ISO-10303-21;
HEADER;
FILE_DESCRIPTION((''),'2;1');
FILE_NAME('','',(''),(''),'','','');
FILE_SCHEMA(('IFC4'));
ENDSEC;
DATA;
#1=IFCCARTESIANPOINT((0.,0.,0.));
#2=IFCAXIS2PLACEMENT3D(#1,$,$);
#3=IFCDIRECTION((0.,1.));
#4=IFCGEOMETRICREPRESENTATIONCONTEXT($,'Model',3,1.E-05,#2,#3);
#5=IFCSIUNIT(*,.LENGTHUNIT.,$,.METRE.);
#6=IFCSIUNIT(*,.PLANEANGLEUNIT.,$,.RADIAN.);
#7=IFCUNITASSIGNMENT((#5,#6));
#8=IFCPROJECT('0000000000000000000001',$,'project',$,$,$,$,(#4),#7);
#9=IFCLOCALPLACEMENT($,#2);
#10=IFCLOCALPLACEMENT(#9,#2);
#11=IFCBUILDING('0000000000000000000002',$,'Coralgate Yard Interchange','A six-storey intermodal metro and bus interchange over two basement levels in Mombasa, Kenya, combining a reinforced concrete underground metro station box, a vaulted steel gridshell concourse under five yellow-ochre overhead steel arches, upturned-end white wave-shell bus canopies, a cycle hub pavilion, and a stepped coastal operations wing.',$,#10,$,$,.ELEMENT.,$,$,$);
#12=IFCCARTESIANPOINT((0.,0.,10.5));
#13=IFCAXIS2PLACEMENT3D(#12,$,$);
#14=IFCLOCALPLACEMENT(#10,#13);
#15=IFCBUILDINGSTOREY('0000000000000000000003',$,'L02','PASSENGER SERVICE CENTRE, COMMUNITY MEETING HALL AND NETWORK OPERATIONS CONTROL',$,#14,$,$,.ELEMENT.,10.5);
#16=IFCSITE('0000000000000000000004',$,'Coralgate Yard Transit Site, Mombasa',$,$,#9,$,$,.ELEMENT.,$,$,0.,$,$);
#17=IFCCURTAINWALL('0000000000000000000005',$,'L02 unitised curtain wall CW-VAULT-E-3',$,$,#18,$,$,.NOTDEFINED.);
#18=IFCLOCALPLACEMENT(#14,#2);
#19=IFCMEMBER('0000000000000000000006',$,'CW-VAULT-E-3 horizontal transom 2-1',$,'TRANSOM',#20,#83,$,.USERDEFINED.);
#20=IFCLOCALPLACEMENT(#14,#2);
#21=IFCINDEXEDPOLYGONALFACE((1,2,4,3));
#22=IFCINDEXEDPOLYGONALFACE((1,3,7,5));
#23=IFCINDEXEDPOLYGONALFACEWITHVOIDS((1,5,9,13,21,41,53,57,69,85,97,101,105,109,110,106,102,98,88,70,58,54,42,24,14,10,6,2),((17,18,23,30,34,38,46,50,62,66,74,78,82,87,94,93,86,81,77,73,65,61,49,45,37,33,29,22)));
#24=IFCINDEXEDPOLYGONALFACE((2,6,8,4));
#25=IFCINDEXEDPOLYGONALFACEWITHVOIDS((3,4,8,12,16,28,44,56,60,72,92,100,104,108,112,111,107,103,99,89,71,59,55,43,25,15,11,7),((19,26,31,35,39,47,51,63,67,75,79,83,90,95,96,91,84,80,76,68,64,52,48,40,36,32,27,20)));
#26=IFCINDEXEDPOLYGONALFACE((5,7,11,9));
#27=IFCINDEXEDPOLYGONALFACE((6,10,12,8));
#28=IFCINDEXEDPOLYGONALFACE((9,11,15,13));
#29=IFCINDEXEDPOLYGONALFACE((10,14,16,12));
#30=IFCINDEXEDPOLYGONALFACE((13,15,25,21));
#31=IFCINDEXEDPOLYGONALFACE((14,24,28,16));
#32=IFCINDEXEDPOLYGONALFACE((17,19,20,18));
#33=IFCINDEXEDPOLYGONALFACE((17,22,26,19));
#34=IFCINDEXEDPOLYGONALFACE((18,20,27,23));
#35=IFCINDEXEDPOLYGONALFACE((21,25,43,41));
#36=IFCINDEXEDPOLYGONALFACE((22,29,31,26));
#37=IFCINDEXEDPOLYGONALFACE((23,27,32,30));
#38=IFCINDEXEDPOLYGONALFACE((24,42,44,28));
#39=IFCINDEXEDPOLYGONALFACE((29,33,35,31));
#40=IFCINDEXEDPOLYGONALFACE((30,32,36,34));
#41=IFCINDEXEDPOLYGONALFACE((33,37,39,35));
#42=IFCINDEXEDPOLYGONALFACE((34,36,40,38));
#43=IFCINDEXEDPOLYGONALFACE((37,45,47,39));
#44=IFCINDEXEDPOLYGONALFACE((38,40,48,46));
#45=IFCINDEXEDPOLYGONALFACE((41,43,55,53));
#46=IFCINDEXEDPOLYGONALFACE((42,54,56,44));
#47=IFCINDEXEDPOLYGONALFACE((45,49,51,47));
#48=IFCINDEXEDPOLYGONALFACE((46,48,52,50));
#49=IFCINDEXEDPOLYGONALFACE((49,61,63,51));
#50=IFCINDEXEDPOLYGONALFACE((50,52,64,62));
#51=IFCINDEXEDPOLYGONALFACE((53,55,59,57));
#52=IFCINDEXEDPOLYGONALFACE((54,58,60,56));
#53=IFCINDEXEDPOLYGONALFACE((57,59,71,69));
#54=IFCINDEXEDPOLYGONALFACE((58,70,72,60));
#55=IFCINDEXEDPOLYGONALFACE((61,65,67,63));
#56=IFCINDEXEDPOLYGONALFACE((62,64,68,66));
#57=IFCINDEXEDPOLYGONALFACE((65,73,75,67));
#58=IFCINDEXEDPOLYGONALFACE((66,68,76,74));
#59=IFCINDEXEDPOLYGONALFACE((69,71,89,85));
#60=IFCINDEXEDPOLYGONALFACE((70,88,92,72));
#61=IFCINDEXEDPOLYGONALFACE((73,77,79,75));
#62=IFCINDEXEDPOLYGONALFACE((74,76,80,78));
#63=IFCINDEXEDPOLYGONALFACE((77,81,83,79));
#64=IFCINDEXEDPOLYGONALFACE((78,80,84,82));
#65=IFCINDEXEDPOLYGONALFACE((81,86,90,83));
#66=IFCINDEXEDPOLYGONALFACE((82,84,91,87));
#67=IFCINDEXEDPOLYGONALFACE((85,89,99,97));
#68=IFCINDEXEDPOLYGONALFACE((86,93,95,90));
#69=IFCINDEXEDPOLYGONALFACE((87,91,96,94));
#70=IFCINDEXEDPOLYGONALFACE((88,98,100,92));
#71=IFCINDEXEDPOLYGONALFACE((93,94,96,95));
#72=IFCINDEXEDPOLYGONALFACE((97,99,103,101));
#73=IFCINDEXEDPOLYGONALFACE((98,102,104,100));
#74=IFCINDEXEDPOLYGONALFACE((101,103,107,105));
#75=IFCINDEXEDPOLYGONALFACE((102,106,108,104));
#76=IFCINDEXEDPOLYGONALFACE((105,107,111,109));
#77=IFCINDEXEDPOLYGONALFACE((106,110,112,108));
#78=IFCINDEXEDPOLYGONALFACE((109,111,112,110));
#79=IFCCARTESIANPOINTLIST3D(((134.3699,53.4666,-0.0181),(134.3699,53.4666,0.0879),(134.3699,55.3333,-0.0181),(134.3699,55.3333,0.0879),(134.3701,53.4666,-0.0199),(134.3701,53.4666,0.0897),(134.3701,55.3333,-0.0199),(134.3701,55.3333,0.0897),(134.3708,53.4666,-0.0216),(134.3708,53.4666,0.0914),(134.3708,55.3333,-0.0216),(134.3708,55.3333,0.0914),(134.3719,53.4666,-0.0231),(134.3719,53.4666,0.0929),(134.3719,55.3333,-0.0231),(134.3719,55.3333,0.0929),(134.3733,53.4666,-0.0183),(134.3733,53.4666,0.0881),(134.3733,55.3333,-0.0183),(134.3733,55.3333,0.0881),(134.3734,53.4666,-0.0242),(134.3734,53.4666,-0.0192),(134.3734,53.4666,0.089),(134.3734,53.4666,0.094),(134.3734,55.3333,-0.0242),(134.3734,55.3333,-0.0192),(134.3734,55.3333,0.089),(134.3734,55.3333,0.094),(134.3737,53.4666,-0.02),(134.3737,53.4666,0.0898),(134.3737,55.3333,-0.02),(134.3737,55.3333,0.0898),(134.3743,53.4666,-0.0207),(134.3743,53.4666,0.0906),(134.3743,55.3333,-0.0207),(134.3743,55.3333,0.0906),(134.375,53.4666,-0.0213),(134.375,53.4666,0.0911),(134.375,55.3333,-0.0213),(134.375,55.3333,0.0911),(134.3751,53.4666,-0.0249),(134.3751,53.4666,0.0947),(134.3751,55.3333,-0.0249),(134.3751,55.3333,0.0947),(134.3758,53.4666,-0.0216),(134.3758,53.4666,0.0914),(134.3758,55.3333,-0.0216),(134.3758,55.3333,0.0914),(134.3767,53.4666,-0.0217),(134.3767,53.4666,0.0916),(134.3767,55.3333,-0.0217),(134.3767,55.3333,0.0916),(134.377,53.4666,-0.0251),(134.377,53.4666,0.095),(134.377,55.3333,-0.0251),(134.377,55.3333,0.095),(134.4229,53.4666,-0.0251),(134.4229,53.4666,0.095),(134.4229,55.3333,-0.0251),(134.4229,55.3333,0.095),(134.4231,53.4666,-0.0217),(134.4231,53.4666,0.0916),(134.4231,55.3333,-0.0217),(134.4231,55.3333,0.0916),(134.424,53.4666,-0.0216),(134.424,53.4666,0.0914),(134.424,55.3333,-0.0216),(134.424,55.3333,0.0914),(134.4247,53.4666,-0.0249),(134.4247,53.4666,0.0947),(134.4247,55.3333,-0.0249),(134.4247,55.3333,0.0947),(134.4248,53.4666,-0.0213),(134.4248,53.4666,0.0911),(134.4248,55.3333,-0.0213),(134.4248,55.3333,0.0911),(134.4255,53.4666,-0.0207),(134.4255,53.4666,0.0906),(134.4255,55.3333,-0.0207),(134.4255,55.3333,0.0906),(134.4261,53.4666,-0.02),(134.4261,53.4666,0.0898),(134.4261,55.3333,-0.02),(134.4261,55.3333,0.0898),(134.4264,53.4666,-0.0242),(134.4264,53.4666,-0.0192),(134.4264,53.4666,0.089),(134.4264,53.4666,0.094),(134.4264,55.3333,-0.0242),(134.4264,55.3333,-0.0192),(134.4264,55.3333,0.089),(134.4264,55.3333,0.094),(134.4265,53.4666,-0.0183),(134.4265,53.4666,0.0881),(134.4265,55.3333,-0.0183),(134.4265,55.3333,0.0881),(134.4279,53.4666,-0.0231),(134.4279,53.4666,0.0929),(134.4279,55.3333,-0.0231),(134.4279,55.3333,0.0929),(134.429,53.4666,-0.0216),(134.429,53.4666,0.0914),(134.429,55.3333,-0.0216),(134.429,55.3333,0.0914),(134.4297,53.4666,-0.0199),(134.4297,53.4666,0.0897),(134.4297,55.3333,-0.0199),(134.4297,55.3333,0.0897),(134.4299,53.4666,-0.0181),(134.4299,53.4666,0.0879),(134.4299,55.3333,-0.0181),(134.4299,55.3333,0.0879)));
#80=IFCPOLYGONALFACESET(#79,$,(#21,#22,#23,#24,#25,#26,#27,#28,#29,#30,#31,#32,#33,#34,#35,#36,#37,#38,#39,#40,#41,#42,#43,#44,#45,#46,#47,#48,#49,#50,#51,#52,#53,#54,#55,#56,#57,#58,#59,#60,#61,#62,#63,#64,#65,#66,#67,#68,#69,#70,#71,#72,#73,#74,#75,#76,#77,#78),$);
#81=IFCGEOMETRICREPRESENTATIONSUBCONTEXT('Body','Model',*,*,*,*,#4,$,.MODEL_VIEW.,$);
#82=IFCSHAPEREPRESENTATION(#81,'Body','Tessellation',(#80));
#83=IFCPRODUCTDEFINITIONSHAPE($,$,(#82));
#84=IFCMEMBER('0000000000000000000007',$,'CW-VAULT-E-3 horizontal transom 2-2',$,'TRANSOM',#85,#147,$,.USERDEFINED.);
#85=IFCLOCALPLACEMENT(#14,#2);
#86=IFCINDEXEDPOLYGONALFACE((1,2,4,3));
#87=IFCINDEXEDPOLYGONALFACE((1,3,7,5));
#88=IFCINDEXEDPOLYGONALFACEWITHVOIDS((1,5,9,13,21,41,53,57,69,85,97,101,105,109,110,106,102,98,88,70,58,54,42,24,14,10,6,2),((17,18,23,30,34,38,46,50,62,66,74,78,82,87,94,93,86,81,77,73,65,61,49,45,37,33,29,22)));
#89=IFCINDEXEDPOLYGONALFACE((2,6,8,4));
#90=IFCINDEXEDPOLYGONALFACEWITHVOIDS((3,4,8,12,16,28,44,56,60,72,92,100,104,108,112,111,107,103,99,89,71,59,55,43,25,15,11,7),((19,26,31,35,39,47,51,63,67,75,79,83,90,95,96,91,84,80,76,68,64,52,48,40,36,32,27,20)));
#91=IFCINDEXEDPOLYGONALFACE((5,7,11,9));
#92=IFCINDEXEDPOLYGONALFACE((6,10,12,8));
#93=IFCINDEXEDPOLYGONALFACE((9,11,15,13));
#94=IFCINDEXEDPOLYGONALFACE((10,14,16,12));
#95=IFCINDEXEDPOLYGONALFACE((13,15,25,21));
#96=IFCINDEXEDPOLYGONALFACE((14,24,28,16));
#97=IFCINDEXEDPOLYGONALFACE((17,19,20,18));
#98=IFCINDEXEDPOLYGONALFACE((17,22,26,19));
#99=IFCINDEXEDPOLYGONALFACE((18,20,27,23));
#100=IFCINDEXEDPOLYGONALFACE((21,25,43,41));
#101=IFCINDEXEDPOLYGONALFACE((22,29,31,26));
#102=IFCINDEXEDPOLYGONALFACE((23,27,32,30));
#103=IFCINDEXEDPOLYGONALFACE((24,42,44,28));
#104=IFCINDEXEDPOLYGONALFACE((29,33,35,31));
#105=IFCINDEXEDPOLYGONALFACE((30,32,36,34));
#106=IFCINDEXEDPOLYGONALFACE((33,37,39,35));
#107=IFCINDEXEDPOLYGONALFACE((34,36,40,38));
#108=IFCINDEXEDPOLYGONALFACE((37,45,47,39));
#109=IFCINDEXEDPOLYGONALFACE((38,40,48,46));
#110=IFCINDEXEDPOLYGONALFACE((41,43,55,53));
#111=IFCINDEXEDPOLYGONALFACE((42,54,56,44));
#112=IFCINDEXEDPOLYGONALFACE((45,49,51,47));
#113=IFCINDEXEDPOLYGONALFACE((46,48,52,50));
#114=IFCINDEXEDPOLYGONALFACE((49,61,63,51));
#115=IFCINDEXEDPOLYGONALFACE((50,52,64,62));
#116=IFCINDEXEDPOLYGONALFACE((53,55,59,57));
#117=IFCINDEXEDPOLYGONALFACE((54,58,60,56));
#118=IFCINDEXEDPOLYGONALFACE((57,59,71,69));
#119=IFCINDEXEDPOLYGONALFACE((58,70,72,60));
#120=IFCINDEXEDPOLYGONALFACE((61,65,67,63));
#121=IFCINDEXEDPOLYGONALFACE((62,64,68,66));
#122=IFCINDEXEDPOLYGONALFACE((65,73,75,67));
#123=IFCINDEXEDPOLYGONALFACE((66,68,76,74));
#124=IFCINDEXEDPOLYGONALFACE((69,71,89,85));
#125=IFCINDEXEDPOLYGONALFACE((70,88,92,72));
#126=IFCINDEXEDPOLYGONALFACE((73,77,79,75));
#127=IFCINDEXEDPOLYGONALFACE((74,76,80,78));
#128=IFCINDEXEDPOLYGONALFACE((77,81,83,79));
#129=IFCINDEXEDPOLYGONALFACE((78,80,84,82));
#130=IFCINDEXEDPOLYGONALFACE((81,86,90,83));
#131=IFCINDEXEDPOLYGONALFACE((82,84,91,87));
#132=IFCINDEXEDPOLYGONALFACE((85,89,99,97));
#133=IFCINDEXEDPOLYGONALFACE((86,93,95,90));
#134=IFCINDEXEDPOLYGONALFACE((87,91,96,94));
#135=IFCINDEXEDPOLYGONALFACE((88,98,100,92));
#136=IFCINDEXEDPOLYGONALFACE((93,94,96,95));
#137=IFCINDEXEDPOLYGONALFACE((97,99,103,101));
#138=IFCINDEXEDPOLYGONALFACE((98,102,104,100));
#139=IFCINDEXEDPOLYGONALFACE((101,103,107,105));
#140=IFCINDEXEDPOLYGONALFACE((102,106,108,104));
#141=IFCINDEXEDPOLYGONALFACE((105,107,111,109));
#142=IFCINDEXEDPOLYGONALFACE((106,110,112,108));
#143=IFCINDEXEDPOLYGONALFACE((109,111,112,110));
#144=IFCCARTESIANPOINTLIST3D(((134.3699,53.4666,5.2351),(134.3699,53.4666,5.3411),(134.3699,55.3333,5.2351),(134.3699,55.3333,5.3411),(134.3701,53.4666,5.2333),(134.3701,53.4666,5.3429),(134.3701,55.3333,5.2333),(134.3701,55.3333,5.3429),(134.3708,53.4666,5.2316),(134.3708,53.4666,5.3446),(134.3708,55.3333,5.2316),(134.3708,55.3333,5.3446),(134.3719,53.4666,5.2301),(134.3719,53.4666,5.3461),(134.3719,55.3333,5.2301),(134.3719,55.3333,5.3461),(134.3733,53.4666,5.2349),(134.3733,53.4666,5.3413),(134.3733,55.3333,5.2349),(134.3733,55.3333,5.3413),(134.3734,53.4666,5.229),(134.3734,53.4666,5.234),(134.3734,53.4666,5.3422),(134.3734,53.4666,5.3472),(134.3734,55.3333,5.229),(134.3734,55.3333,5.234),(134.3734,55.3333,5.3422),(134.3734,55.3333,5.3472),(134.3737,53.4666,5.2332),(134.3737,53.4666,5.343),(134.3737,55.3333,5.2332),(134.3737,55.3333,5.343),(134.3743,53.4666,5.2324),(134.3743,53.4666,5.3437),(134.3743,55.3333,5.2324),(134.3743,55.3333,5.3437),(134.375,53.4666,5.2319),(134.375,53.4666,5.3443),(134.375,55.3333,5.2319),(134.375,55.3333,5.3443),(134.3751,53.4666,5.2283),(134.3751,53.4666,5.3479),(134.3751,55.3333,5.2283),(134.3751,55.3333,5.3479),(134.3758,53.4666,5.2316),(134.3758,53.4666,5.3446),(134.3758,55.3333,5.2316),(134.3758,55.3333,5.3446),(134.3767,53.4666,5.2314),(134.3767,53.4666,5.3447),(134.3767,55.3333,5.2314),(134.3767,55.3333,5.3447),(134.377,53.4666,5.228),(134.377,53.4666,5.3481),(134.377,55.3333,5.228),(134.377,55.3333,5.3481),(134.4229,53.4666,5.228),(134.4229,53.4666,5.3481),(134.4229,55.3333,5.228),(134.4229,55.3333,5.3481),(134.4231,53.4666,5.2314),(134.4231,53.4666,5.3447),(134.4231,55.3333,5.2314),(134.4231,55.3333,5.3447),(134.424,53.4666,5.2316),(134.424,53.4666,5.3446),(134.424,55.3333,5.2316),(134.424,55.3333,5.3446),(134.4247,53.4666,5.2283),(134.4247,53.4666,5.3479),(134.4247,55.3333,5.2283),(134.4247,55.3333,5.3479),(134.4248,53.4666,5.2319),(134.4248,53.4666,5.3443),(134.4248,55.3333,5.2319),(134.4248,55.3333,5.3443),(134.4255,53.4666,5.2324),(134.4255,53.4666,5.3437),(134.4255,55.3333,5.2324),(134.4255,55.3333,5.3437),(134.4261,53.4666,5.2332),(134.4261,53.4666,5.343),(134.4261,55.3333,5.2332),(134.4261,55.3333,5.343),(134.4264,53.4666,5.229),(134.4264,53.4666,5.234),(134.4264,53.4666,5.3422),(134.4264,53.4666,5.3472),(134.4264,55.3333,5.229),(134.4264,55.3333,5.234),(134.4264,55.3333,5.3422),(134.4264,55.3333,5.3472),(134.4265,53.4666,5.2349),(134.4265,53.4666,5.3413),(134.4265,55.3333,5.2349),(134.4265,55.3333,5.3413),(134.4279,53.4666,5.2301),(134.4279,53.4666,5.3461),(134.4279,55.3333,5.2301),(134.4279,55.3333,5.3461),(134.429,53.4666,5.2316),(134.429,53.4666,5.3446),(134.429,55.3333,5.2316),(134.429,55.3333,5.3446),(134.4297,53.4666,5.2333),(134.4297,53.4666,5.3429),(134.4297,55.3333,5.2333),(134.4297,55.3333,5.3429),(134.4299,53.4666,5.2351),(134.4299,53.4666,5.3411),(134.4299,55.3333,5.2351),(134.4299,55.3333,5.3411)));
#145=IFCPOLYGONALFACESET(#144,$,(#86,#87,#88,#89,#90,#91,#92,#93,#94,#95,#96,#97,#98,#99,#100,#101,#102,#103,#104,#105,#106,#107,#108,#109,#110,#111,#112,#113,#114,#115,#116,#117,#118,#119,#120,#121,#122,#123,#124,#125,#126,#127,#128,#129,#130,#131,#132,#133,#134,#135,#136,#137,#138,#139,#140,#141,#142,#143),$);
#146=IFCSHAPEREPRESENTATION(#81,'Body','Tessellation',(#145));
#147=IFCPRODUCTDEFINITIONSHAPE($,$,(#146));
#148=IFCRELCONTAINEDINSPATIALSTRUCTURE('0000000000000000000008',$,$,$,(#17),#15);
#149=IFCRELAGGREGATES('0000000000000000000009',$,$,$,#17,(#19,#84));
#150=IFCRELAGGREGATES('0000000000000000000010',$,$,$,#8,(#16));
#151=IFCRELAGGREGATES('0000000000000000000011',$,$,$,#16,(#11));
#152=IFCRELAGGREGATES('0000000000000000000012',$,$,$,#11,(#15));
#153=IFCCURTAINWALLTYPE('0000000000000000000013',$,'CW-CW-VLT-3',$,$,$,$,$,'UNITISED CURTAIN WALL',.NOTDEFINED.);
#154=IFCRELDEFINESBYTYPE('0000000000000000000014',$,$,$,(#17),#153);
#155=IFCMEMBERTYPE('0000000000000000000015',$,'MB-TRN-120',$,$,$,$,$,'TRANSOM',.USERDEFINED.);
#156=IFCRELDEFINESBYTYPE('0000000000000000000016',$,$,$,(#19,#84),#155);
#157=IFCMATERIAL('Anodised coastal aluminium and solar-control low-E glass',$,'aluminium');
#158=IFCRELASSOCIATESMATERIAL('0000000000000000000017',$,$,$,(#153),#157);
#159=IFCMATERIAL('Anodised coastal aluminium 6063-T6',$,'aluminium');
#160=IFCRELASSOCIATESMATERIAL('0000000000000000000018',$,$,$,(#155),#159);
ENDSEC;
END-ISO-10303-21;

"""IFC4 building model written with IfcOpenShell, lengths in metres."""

from ifc_helpers import new_model, si_unit, direction, frame, origin, origin_2d, place, context, subcontext, project, spatial, hollow_rectangle, extrude, material, material_profile, profile_set, type_object, element, aggregate, save


model = new_model("IFC4")

# Units and contexts
model_context = context("Model", 3, precision=1e-05, world=origin(), true_north=direction((0.0, 1.0)))
body_context = subcontext(model_context, "Body", "Model", "MODEL_VIEW")
ifc_project = project(units=[si_unit("LENGTHUNIT", "METRE"), si_unit("PLANEANGLEUNIT", "RADIAN")], contexts=[model_context])

# Site, building, storey
site_placement = place(None, origin())
site = spatial("IfcSite", under=ifc_project, at=site_placement, Name="Coralgate Yard Transit Site, Mombasa", CompositionType="ELEMENT", RefElevation=0.0)
building_placement = place(site_placement, origin())
building = spatial("IfcBuilding", under=site, at=building_placement, Name="Coralgate Yard Interchange", Description="A six-storey intermodal metro and bus interchange over two basement levels in Mombasa, Kenya, combining a reinforced concrete underground metro station box, a vaulted steel gridshell concourse under five yellow-ochre overhead steel arches, upturned-end white wave-shell bus canopies, a cycle hub pavilion, and a stepped coastal operations wing.", CompositionType="ELEMENT")
storey_placement = place(building_placement, frame((0.0, 0.0, 10.5)))
storey = spatial("IfcBuildingStorey", under=building, at=storey_placement, Name="L02", Description="PASSENGER SERVICE CENTRE, COMMUNITY MEETING HALL AND NETWORK OPERATIONS CONTROL", CompositionType="ELEMENT", Elevation=10.5)

# Curtain wall
ifc_material_1 = material(Name="Anodised coastal aluminium and solar-control low-E glass", Category="aluminium")
curtain_wall_type_1 = type_object("IfcCurtainWallType", Name="CW-CW-VLT-3", ElementType="UNITISED CURTAIN WALL", PredefinedType="NOTDEFINED", material=ifc_material_1)
curtain_wall_1_placement = place(storey_placement, origin())
curtain_wall_1 = element("IfcCurtainWall", 1, at=curtain_wall_1_placement, inside=storey, type_object=curtain_wall_type_1, Name="L02 unitised curtain wall CW-VAULT-E-3", PredefinedType="NOTDEFINED")
ifc_material_2 = material(Name="Anodised coastal aluminium 6063-T6", Category="aluminium")

# Members
ifc_material_profile_1 = material_profile(ifc_material_2, hollow_rectangle(XDim=0.0601, YDim=0.1201, WallThickness=0.0034, InnerFilletRadius=0.0034, OuterFilletRadius=0.0071, at=origin_2d()), Name="ALU 60x120x3.5")
ifc_profile_set_1 = profile_set([ifc_material_profile_1], Name="Anodised coastal aluminium 6063-T6")
member_type_1 = type_object("IfcMemberType", Name="MB-TRN-120", ElementType="TRANSOM", PredefinedType="USERDEFINED", material=ifc_profile_set_1)
member_1_placement = place(storey_placement, frame((134.3999, 55.3333, 0.0349), z_axis=(0.0, -1.0, 0.0), x_axis=(1.0, 0.0, 0.0)))
member_1 = element("IfcMember", 2, at=member_1_placement, type_object=member_type_1, Name="CW-VAULT-E-3 horizontal transom 2-1", ObjectType="TRANSOM", PredefinedType="USERDEFINED", context=body_context, shape_type="SweptSolid", body=[
    extrude(hollow_rectangle(XDim=0.0601, YDim=0.1201, WallThickness=0.0034, InnerFilletRadius=0.0034, OuterFilletRadius=0.0071, at=origin_2d()), origin(), (0.0, 0.0, 1.0), 1.8667),
])
member_2_placement = place(storey_placement, frame((134.3999, 55.3333, 5.2881), z_axis=(0.0, -1.0, 0.0), x_axis=(1.0, 0.0, 0.0)))
member_2 = element("IfcMember", 3, at=member_2_placement, type_object=member_type_1, Name="CW-VAULT-E-3 horizontal transom 2-2", ObjectType="TRANSOM", PredefinedType="USERDEFINED", context=body_context, shape_type="SweptSolid", body=[
    extrude(hollow_rectangle(XDim=0.0601, YDim=0.1201, WallThickness=0.0034, InnerFilletRadius=0.0034, OuterFilletRadius=0.0071, at=origin_2d()), origin(), (0.0, 0.0, 1.0), 1.8667),
])

aggregate(curtain_wall_1, [member_1, member_2])

save(model, "model.ifc")
